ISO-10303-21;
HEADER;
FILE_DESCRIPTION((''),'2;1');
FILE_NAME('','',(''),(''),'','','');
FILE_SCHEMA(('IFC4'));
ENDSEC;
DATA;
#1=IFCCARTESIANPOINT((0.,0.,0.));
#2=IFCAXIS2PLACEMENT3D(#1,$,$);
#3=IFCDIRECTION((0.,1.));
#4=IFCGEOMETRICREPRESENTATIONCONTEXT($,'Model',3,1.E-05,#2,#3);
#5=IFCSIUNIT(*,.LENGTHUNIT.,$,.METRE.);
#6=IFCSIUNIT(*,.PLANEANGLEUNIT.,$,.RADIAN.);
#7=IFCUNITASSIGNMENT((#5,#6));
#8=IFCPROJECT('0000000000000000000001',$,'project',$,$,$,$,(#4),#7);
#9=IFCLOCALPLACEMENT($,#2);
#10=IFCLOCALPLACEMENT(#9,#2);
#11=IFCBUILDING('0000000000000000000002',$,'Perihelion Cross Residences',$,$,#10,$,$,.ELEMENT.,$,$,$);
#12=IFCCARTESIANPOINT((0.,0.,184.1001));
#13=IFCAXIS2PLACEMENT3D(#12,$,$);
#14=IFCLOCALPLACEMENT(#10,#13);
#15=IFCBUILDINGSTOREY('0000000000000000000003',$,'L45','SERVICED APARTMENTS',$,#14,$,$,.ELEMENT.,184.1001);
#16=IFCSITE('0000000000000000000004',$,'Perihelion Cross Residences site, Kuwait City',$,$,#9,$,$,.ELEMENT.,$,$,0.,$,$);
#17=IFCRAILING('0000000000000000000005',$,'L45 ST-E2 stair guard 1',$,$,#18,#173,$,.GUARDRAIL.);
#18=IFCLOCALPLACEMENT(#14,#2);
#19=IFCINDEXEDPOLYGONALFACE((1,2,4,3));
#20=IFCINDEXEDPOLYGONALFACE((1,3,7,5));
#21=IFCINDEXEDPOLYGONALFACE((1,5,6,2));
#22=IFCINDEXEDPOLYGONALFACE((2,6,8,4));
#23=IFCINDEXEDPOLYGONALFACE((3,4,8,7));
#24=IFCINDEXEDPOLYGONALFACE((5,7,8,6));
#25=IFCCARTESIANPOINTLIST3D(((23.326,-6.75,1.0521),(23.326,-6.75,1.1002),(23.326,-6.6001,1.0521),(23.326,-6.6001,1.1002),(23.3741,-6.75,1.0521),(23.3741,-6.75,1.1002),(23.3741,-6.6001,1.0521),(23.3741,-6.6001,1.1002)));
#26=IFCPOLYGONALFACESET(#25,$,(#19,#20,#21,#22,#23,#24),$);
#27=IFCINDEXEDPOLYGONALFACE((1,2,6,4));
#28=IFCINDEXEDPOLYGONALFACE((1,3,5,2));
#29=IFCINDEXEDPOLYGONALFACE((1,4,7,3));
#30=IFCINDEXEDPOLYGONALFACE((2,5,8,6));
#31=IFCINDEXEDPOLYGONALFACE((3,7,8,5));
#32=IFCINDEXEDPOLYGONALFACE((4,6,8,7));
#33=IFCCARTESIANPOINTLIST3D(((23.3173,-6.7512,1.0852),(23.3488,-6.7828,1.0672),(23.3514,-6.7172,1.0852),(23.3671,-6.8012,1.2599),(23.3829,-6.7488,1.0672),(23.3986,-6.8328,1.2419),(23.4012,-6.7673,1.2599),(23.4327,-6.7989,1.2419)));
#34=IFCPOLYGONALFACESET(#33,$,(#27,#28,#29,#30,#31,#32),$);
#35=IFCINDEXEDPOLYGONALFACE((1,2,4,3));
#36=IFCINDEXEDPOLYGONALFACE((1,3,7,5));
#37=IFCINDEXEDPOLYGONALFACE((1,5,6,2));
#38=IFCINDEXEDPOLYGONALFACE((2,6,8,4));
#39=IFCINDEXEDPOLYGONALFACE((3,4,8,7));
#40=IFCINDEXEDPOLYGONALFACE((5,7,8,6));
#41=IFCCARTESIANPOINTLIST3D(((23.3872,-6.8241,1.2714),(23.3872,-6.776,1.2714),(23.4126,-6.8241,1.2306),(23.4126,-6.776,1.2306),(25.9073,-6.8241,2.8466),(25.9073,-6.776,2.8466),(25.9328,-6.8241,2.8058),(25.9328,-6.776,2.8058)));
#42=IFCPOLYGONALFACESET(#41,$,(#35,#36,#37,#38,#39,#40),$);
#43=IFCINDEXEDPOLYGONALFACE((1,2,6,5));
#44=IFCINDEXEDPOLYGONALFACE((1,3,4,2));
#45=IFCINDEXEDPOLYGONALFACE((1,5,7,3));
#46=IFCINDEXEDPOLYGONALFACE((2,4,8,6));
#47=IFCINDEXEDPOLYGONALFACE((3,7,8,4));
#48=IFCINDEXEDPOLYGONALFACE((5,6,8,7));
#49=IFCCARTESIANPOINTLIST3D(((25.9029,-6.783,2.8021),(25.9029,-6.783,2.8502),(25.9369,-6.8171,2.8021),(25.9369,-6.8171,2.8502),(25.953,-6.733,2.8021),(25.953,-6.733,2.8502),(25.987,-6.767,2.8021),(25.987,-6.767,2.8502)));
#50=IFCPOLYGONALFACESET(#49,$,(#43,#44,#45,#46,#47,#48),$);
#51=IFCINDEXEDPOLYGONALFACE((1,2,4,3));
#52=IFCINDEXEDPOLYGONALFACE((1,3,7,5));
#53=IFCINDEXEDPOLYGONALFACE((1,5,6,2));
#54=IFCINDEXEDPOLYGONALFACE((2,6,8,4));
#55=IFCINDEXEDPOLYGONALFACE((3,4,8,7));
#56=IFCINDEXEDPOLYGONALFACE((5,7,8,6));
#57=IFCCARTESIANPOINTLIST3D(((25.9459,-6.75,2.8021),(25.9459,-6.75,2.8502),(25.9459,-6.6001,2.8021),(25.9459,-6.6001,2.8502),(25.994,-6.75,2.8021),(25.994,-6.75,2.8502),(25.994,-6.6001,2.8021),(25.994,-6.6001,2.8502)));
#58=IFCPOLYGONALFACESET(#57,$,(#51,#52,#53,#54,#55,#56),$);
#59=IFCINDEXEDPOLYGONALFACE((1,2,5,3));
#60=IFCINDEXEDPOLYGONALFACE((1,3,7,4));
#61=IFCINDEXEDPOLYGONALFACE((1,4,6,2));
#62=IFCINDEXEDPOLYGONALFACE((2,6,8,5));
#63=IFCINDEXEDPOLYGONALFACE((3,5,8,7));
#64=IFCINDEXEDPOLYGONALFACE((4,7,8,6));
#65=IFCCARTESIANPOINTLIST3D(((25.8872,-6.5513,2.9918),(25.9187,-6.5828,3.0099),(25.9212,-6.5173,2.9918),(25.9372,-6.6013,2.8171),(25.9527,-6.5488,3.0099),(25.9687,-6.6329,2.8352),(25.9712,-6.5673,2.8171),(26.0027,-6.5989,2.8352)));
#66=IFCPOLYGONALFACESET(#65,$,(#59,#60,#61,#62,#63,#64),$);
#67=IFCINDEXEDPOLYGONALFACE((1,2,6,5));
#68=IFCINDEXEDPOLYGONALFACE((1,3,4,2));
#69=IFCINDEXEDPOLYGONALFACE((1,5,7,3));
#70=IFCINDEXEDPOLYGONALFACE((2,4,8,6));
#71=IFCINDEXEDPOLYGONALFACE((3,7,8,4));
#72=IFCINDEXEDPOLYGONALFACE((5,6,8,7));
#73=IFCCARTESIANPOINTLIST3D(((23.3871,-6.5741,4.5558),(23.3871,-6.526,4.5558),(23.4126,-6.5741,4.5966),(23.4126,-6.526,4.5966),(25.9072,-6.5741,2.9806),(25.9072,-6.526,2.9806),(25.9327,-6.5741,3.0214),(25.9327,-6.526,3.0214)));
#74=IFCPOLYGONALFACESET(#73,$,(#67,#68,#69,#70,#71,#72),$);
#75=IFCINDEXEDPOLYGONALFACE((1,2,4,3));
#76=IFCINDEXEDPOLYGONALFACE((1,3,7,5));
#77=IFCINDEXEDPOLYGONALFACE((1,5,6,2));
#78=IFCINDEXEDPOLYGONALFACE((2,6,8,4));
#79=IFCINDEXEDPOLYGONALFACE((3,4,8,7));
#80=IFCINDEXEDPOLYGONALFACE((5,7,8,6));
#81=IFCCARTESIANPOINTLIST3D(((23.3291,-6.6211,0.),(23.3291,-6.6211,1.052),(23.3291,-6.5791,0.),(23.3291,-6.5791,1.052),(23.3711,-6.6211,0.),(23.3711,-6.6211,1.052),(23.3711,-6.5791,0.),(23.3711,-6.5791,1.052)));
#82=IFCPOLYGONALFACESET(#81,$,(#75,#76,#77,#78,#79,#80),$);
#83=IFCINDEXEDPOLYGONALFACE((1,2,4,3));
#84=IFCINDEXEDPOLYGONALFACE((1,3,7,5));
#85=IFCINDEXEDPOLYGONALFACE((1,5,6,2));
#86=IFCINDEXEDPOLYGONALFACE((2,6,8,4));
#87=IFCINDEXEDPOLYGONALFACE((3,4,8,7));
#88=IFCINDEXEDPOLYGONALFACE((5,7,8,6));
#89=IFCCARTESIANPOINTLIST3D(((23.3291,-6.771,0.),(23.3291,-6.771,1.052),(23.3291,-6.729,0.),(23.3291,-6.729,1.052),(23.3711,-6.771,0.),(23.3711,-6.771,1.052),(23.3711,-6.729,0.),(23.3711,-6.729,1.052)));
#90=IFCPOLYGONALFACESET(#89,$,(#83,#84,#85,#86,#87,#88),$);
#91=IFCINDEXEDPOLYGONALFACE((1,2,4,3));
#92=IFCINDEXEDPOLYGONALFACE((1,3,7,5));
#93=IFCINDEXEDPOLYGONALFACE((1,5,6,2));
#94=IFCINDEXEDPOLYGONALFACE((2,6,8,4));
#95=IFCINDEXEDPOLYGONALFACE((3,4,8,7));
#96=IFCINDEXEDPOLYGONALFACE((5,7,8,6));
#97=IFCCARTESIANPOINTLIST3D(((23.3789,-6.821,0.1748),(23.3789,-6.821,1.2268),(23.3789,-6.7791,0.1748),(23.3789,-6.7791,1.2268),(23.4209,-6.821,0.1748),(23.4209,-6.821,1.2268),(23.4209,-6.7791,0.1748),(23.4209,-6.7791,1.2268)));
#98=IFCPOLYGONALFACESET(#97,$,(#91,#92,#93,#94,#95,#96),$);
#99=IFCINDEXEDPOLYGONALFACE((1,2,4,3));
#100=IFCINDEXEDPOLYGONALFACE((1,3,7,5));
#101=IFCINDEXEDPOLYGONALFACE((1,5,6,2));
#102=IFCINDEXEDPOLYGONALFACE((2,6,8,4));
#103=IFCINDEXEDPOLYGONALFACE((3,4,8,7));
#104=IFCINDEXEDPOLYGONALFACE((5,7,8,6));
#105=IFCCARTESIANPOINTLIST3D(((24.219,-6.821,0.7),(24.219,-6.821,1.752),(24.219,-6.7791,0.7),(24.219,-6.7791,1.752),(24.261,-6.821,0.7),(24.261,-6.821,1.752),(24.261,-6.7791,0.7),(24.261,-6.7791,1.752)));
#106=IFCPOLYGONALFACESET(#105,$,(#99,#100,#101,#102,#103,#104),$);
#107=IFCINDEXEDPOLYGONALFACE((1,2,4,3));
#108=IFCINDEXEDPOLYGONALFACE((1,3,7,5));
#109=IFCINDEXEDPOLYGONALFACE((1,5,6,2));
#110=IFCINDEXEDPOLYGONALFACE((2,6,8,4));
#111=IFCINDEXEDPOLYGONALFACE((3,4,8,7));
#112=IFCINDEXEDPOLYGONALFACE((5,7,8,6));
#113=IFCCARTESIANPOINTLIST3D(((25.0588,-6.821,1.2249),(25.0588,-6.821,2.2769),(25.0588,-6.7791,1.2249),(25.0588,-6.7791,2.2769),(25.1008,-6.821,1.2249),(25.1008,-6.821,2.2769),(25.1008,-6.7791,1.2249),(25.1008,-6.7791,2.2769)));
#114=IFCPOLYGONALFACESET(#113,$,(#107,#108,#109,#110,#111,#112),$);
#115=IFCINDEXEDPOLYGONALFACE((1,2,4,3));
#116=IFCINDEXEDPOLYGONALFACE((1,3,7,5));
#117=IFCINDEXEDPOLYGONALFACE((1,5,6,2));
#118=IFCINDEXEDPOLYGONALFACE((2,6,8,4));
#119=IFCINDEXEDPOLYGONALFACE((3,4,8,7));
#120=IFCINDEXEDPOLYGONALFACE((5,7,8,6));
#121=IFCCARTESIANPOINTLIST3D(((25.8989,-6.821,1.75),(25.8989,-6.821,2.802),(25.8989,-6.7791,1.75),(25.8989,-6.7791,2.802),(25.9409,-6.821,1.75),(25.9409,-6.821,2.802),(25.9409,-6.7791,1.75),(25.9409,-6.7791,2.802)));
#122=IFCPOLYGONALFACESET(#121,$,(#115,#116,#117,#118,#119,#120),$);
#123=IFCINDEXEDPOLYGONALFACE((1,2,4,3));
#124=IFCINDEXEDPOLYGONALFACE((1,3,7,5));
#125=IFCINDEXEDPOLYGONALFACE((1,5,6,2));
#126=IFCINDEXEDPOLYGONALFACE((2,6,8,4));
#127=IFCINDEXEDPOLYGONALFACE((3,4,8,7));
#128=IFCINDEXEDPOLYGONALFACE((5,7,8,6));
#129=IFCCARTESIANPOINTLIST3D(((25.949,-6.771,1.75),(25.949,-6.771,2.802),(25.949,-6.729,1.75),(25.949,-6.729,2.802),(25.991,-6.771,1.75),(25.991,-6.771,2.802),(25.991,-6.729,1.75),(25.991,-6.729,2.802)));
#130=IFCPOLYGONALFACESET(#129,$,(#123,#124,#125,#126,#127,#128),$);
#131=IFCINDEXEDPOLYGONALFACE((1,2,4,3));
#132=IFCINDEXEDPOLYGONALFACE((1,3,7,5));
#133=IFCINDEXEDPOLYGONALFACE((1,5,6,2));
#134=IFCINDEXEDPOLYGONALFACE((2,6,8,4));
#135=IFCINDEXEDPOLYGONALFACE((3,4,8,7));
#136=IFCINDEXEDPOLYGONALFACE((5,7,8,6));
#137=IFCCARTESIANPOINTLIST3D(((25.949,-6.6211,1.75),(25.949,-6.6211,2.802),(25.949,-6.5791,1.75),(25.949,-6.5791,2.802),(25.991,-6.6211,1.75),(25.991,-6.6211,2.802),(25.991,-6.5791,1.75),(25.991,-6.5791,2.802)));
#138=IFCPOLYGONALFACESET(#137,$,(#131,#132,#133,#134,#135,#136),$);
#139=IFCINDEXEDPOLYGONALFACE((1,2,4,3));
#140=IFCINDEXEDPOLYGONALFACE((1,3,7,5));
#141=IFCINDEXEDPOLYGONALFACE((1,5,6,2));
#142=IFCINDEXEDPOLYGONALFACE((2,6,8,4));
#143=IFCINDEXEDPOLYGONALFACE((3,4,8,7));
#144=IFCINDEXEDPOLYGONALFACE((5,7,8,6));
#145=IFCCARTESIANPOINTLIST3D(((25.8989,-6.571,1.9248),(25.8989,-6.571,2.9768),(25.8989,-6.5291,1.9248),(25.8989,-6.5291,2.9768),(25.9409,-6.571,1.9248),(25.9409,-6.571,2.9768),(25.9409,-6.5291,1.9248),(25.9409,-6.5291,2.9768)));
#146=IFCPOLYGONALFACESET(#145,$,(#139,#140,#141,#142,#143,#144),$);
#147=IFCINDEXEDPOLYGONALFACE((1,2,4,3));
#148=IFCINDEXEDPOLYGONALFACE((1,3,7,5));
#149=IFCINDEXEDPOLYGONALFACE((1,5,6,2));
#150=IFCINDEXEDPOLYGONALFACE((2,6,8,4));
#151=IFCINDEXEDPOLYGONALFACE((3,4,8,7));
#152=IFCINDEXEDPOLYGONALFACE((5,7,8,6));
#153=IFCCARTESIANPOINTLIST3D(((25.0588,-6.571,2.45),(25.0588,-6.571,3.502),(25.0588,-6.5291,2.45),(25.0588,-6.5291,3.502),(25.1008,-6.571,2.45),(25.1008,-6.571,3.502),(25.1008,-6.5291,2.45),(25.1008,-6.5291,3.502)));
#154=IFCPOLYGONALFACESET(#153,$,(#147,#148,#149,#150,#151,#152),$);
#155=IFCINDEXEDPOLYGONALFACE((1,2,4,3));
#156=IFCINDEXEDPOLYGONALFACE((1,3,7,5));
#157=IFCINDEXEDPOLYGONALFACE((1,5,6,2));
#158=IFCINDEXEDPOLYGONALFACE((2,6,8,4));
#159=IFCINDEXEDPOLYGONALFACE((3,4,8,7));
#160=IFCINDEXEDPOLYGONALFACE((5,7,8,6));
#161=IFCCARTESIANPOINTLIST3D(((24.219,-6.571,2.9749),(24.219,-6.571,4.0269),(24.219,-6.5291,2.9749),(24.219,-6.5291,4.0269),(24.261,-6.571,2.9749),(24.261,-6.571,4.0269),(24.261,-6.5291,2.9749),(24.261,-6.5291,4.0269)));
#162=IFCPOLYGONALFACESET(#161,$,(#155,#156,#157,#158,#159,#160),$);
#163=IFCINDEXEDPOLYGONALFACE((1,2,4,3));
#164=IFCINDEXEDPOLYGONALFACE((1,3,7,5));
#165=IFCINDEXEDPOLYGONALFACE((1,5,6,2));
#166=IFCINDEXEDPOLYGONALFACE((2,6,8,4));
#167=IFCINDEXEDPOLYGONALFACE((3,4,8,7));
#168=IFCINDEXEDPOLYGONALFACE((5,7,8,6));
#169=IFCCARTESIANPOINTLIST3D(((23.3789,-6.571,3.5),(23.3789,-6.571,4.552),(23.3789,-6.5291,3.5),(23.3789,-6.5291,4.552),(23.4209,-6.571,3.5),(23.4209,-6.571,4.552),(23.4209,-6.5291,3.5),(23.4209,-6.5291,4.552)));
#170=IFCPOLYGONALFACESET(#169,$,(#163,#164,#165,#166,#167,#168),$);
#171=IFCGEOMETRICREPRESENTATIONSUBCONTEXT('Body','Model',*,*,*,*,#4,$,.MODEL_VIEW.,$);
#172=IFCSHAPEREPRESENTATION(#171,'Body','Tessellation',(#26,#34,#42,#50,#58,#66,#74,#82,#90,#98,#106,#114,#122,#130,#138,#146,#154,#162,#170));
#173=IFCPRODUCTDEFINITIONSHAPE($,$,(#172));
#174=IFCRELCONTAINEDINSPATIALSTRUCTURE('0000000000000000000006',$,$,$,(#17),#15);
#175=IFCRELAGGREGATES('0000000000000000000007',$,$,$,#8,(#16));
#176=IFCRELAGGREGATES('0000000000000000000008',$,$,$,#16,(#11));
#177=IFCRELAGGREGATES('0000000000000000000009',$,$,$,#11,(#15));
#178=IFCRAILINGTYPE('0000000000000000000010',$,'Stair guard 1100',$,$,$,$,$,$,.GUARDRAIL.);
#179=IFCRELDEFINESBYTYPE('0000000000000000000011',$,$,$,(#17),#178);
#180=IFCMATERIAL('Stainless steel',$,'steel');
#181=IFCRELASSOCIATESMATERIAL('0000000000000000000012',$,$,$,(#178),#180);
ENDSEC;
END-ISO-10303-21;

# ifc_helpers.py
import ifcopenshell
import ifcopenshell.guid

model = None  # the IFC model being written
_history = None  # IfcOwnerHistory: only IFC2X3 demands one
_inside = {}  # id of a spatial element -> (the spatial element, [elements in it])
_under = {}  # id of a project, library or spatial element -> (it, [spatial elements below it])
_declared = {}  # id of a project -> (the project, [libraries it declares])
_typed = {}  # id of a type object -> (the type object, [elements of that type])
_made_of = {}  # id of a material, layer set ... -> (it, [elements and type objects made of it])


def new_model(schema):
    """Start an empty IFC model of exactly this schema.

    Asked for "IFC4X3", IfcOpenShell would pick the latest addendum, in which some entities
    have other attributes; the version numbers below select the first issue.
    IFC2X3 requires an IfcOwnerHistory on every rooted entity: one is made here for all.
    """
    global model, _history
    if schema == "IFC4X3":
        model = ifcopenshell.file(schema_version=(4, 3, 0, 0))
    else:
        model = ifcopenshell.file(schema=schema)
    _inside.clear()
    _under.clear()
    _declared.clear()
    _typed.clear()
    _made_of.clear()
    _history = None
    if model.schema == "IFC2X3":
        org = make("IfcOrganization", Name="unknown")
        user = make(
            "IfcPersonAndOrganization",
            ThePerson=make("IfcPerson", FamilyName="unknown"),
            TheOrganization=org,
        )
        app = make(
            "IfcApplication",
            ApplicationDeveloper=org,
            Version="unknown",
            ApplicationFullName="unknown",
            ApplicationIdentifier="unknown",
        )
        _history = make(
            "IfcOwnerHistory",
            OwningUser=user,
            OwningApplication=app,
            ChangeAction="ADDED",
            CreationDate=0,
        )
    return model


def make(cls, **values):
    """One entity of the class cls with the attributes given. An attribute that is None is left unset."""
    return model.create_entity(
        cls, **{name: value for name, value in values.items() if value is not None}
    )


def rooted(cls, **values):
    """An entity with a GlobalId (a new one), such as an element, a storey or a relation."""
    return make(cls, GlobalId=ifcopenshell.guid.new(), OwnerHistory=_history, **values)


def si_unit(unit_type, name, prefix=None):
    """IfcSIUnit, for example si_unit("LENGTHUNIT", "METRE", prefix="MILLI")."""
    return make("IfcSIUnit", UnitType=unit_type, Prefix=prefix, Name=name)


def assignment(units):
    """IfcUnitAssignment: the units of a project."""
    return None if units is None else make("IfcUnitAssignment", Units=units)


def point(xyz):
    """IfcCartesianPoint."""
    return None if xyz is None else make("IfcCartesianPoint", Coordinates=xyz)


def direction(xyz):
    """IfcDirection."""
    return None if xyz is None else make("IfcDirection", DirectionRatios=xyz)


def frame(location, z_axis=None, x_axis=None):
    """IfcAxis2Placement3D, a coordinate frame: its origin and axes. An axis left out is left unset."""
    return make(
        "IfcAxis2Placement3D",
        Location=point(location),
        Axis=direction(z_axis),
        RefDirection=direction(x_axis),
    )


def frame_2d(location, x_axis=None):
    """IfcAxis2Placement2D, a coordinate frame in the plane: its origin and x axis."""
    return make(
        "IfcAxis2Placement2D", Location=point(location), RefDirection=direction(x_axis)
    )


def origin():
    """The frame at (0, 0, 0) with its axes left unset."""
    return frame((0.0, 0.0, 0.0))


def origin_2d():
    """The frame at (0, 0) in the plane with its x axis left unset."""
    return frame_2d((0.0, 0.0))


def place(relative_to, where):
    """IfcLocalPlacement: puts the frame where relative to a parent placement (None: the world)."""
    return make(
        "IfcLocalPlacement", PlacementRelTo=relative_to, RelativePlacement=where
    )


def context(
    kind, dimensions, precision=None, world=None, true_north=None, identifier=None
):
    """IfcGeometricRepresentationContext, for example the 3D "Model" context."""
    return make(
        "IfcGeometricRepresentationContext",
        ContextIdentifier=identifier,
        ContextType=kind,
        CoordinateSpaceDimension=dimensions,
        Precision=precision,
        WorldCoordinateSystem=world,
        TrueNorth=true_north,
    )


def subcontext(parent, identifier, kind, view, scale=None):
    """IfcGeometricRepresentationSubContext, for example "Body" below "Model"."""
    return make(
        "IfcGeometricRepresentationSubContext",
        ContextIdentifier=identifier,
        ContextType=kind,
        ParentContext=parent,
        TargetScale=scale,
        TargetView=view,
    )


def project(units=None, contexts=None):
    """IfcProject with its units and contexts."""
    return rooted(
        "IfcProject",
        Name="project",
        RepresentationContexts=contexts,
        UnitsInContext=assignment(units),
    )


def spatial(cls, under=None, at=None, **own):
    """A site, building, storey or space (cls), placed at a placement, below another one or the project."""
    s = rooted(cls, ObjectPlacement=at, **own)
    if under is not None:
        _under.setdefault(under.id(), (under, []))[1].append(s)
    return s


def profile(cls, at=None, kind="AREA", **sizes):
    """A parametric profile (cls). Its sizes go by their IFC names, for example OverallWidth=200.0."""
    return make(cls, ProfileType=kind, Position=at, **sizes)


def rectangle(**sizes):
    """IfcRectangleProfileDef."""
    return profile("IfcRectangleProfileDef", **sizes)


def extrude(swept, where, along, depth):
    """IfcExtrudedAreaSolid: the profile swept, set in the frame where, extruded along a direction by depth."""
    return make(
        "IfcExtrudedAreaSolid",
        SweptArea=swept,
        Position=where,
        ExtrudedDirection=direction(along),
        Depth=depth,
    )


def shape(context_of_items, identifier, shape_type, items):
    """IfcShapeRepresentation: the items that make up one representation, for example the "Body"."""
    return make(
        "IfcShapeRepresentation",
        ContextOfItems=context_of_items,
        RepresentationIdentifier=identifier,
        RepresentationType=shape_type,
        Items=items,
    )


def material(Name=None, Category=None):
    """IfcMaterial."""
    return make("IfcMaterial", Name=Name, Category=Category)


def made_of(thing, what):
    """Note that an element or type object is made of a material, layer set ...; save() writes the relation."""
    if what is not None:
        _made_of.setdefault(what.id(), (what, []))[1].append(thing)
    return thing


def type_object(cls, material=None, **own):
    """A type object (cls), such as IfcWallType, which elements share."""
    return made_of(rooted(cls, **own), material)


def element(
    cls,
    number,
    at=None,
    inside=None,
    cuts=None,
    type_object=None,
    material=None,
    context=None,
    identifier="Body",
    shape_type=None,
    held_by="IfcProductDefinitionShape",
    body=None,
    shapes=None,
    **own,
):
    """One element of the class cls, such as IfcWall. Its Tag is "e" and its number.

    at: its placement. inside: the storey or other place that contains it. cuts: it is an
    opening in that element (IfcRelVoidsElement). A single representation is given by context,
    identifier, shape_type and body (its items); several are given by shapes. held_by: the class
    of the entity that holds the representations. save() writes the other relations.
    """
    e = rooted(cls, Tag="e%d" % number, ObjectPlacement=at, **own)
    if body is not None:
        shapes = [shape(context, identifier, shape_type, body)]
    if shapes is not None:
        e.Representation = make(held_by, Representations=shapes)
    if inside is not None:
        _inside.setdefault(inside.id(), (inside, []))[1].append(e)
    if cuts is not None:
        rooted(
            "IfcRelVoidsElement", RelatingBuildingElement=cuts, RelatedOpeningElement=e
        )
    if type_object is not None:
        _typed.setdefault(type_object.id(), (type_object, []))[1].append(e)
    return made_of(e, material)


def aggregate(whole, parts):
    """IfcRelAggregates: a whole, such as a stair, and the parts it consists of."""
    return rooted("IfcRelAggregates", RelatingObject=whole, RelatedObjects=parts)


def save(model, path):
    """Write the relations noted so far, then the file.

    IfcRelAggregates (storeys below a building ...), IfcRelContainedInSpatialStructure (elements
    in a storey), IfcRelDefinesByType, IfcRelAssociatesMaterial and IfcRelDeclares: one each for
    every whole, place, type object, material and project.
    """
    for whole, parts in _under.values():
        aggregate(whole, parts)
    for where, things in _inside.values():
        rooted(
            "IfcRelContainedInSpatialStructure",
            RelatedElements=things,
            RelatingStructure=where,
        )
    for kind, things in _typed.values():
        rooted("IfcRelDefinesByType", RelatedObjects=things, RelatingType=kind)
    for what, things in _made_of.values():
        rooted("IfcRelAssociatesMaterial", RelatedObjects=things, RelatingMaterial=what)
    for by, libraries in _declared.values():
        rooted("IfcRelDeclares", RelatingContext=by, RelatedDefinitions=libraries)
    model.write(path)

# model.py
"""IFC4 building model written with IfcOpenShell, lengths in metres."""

from ifc_helpers import new_model, si_unit, direction, frame, origin, origin_2d, place, context, subcontext, project, spatial, rectangle, extrude, material, type_object, element, save


model = new_model("IFC4")

# Units and contexts
model_context = context("Model", 3, precision=1e-05, world=origin(), true_north=direction((0.0, 1.0)))
body_context = subcontext(model_context, "Body", "Model", "MODEL_VIEW")
ifc_project = project(units=[si_unit("LENGTHUNIT", "METRE"), si_unit("PLANEANGLEUNIT", "RADIAN")], contexts=[model_context])

# Site, building, storey
site_placement = place(None, origin())
site = spatial("IfcSite", under=ifc_project, at=site_placement, Name="Perihelion Cross Residences site, Kuwait City", CompositionType="ELEMENT", RefElevation=0.0)
building_placement = place(site_placement, origin())
building = spatial("IfcBuilding", under=site, at=building_placement, Name="Perihelion Cross Residences", CompositionType="ELEMENT")
storey_placement = place(building_placement, frame((0.0, 0.0, 184.1001)))
storey = spatial("IfcBuildingStorey", under=building, at=storey_placement, Name="L45", Description="SERVICED APARTMENTS", CompositionType="ELEMENT", Elevation=184.1001)

# Railing
ifc_material_1 = material(Name="Stainless steel", Category="steel")
railing_type_1 = type_object("IfcRailingType", Name="Stair guard 1100", PredefinedType="GUARDRAIL", material=ifc_material_1)
railing_1_placement = place(storey_placement, frame((23.3501, -6.6001, 0.0)))
element("IfcRailing", 1, at=railing_1_placement, inside=storey, type_object=railing_type_1, Name="L45 ST-E2 stair guard 1", PredefinedType="GUARDRAIL", context=body_context, shape_type="SweptSolid", body=[
    extrude(rectangle(XDim=0.0481, YDim=0.0481, at=origin_2d()), frame((0.0, 0.0, 1.0762), z_axis=(0.0, -1.0, 0.0), x_axis=(1.0, 0.0, 0.0)), (0.0, 0.0, 1.0), 0.1499),
    extrude(rectangle(XDim=0.0481, YDim=0.0481, at=origin_2d()), frame((0.0, -0.1499, 1.0762), z_axis=(0.264179, -0.265474, 0.927218), x_axis=(0.708834, 0.705376, 0.0)), (0.0, 0.0, 1.0), 0.1885),
    extrude(rectangle(XDim=0.0481, YDim=0.0481, at=origin_2d()), frame((0.0498, -0.2, 1.251), z_axis=(0.847971, 0.0, 0.530043), x_axis=(0.0, 1.0, 0.0)), (0.0, 0.0, 1.0), 2.9719),
    extrude(rectangle(XDim=0.0481, YDim=0.0481, at=origin_2d()), frame((2.5698, -0.2, 2.8262), z_axis=(0.707107, 0.707107, 0.0), x_axis=(-0.707107, 0.707107, 0.0)), (0.0, 0.0, 1.0), 0.0708),
    extrude(rectangle(XDim=0.0481, YDim=0.0481, at=origin_2d()), frame((2.6199, -0.1499, 2.8262), z_axis=(0.0, 1.0, 0.0), x_axis=(-1.0, 0.0, 0.0)), (0.0, 0.0, 1.0), 0.1499),
    extrude(rectangle(XDim=0.0481, YDim=0.0481, at=origin_2d()), frame((2.6199, 0.0, 2.8262), z_axis=(-0.265383, 0.265383, 0.9269), x_axis=(-0.707107, -0.707107, 0.0)), (0.0, 0.0, 1.0), 0.1885),
    extrude(rectangle(XDim=0.0481, YDim=0.0481, at=origin_2d()), frame((2.5698, 0.05, 3.001), z_axis=(-0.847971, 0.0, 0.530043), x_axis=(0.0, -1.0, 0.0)), (0.0, 0.0, 1.0), 2.9719),
    extrude(rectangle(XDim=0.042, YDim=0.042, at=origin_2d()), origin(), (0.0, 0.0, 1.0), 1.052),
    extrude(rectangle(XDim=0.042, YDim=0.042, at=origin_2d()), frame((0.0, -0.1499, 0.0)), (0.0, 0.0, 1.0), 1.052),
    extrude(rectangle(XDim=0.042, YDim=0.042, at=origin_2d()), frame((0.0498, -0.2, 0.1748)), (0.0, 0.0, 1.0), 1.052),
    extrude(rectangle(XDim=0.042, YDim=0.042, at=origin_2d()), frame((0.8899, -0.2, 0.7)), (0.0, 0.0, 1.0), 1.052),
    extrude(rectangle(XDim=0.042, YDim=0.042, at=origin_2d()), frame((1.7297, -0.2, 1.2249)), (0.0, 0.0, 1.0), 1.052),
    extrude(rectangle(XDim=0.042, YDim=0.042, at=origin_2d()), frame((2.5698, -0.2, 1.75)), (0.0, 0.0, 1.0), 1.052),
    extrude(rectangle(XDim=0.042, YDim=0.042, at=origin_2d()), frame((2.6199, -0.1499, 1.75)), (0.0, 0.0, 1.0), 1.052),
    extrude(rectangle(XDim=0.042, YDim=0.042, at=origin_2d()), frame((2.6199, 0.0, 1.75)), (0.0, 0.0, 1.0), 1.052),
    extrude(rectangle(XDim=0.042, YDim=0.042, at=origin_2d()), frame((2.5698, 0.05, 1.9248)), (0.0, 0.0, 1.0), 1.052),
    extrude(rectangle(XDim=0.042, YDim=0.042, at=origin_2d()), frame((1.7297, 0.05, 2.45)), (0.0, 0.0, 1.0), 1.052),
    extrude(rectangle(XDim=0.042, YDim=0.042, at=origin_2d()), frame((0.8899, 0.05, 2.9749)), (0.0, 0.0, 1.0), 1.052),
    extrude(rectangle(XDim=0.042, YDim=0.042, at=origin_2d()), frame((0.0498, 0.05, 3.5)), (0.0, 0.0, 1.0), 1.052),
])

save(model, "model.ifc")
